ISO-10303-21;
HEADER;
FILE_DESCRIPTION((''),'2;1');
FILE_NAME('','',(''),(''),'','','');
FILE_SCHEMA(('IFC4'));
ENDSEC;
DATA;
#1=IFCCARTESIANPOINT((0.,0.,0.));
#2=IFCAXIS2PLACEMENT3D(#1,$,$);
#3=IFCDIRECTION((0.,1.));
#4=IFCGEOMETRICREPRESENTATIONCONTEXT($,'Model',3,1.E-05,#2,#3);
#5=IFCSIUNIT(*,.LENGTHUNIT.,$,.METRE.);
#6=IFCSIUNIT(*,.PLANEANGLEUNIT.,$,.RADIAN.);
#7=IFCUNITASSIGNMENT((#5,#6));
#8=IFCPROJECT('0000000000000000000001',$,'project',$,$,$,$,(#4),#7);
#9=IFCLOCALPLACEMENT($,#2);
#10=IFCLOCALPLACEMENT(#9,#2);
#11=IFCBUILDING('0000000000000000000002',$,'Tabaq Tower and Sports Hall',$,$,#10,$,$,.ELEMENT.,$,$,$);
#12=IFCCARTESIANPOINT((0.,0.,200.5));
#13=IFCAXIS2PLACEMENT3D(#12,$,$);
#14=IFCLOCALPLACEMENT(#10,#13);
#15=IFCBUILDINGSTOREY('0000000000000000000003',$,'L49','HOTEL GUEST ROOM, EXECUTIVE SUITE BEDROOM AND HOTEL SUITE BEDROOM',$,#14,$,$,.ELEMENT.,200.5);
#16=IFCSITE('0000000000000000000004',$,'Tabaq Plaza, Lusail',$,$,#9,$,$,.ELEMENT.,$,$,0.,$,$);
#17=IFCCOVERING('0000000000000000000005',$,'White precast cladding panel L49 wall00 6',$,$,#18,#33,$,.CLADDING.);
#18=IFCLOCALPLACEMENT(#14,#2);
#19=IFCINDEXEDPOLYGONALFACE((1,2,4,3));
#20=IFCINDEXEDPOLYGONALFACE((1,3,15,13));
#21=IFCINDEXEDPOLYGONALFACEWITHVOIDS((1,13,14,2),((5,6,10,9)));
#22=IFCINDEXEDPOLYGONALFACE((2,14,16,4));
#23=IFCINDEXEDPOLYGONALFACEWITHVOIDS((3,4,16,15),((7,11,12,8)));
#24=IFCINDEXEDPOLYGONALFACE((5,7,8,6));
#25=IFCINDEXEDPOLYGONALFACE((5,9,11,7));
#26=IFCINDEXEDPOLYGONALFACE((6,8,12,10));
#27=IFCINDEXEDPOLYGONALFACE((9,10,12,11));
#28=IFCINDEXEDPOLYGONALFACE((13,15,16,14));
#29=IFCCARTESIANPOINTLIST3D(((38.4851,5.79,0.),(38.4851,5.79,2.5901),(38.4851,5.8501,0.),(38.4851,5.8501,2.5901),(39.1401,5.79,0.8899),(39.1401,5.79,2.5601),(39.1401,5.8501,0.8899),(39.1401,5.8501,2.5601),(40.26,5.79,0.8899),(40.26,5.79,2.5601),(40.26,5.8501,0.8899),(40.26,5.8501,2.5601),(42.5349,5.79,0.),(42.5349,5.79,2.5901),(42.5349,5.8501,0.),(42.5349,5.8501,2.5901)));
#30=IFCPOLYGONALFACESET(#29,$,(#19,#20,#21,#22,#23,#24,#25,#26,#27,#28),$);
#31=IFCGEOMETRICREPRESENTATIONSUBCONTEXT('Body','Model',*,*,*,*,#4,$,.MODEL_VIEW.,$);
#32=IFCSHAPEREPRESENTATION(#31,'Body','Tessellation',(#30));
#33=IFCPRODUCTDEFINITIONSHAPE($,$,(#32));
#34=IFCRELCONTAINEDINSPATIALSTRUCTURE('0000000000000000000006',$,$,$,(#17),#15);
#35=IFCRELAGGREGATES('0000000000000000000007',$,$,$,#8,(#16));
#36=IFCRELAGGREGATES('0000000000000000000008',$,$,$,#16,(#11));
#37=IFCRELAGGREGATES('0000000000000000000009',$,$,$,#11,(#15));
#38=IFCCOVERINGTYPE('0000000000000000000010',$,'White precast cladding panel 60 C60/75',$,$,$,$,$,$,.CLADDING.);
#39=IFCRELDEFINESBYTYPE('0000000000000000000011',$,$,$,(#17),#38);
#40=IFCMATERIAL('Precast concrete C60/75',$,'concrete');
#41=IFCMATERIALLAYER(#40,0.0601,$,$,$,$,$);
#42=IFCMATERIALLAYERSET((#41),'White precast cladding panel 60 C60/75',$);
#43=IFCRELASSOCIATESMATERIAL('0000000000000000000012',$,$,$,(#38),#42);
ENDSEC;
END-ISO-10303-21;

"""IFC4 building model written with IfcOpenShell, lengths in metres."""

from ifc_helpers import new_model, si_unit, direction, frame, origin, place, context, subcontext, project, spatial, polyline, outline, extrude, material, layer, layer_set, type_object, element, save


model = new_model("IFC4")

# Units and contexts
model_context = context("Model", 3, precision=1e-05, world=origin(), true_north=direction((0.0, 1.0)))
body_context = subcontext(model_context, "Body", "Model", "MODEL_VIEW")
ifc_project = project(units=[si_unit("LENGTHUNIT", "METRE"), si_unit("PLANEANGLEUNIT", "RADIAN")], contexts=[model_context])

# Site, building, storey
site_placement = place(None, origin())
site = spatial("IfcSite", under=ifc_project, at=site_placement, Name="Tabaq Plaza, Lusail", CompositionType="ELEMENT", RefElevation=0.0)
building_placement = place(site_placement, origin())
building = spatial("IfcBuilding", under=site, at=building_placement, Name="Tabaq Tower and Sports Hall", CompositionType="ELEMENT")
storey_placement = place(building_placement, frame((0.0, 0.0, 200.5)))
storey = spatial("IfcBuildingStorey", under=building, at=storey_placement, Name="L49", Description="HOTEL GUEST ROOM, EXECUTIVE SUITE BEDROOM AND HOTEL SUITE BEDROOM", CompositionType="ELEMENT", Elevation=200.5)

# Covering
ifc_material_1 = material(Name="Precast concrete C60/75", Category="concrete")
ifc_layer_1 = layer(ifc_material_1, 0.0601)
ifc_layer_set_1 = layer_set([ifc_layer_1], Name="White precast cladding panel 60 C60/75")
covering_type_1 = type_object("IfcCoveringType", Name="White precast cladding panel 60 C60/75", PredefinedType="CLADDING", material=ifc_layer_set_1)
covering_1_placement = place(storey_placement, frame((38.4851, 5.8201, 0.0), z_axis=(0.0, 0.0, 1.0), x_axis=(1.0, 0.0, 0.0)))
element("IfcCovering", 1, at=covering_1_placement, inside=storey, type_object=covering_type_1, Name="White precast cladding panel L49 wall00 6", PredefinedType="CLADDING", context=body_context, shape_type="SweptSolid", body=[
    extrude(outline(polyline([(0.0, 0.0), (4.0498, 0.0), (4.0498, 2.5901), (0.0, 2.5901), (0.0, 0.0)]), holes=[polyline([(1.7749, 0.8899), (0.655, 0.8899), (0.655, 2.5601), (1.7749, 2.5601), (1.7749, 0.8899)])]), frame((0.0, 0.03, 0.0), z_axis=(0.0, -1.0, 0.0), x_axis=(1.0, 0.0, 0.0)), (0.0, 0.0, 1.0), 0.0601),
])

save(model, "model.ifc")
